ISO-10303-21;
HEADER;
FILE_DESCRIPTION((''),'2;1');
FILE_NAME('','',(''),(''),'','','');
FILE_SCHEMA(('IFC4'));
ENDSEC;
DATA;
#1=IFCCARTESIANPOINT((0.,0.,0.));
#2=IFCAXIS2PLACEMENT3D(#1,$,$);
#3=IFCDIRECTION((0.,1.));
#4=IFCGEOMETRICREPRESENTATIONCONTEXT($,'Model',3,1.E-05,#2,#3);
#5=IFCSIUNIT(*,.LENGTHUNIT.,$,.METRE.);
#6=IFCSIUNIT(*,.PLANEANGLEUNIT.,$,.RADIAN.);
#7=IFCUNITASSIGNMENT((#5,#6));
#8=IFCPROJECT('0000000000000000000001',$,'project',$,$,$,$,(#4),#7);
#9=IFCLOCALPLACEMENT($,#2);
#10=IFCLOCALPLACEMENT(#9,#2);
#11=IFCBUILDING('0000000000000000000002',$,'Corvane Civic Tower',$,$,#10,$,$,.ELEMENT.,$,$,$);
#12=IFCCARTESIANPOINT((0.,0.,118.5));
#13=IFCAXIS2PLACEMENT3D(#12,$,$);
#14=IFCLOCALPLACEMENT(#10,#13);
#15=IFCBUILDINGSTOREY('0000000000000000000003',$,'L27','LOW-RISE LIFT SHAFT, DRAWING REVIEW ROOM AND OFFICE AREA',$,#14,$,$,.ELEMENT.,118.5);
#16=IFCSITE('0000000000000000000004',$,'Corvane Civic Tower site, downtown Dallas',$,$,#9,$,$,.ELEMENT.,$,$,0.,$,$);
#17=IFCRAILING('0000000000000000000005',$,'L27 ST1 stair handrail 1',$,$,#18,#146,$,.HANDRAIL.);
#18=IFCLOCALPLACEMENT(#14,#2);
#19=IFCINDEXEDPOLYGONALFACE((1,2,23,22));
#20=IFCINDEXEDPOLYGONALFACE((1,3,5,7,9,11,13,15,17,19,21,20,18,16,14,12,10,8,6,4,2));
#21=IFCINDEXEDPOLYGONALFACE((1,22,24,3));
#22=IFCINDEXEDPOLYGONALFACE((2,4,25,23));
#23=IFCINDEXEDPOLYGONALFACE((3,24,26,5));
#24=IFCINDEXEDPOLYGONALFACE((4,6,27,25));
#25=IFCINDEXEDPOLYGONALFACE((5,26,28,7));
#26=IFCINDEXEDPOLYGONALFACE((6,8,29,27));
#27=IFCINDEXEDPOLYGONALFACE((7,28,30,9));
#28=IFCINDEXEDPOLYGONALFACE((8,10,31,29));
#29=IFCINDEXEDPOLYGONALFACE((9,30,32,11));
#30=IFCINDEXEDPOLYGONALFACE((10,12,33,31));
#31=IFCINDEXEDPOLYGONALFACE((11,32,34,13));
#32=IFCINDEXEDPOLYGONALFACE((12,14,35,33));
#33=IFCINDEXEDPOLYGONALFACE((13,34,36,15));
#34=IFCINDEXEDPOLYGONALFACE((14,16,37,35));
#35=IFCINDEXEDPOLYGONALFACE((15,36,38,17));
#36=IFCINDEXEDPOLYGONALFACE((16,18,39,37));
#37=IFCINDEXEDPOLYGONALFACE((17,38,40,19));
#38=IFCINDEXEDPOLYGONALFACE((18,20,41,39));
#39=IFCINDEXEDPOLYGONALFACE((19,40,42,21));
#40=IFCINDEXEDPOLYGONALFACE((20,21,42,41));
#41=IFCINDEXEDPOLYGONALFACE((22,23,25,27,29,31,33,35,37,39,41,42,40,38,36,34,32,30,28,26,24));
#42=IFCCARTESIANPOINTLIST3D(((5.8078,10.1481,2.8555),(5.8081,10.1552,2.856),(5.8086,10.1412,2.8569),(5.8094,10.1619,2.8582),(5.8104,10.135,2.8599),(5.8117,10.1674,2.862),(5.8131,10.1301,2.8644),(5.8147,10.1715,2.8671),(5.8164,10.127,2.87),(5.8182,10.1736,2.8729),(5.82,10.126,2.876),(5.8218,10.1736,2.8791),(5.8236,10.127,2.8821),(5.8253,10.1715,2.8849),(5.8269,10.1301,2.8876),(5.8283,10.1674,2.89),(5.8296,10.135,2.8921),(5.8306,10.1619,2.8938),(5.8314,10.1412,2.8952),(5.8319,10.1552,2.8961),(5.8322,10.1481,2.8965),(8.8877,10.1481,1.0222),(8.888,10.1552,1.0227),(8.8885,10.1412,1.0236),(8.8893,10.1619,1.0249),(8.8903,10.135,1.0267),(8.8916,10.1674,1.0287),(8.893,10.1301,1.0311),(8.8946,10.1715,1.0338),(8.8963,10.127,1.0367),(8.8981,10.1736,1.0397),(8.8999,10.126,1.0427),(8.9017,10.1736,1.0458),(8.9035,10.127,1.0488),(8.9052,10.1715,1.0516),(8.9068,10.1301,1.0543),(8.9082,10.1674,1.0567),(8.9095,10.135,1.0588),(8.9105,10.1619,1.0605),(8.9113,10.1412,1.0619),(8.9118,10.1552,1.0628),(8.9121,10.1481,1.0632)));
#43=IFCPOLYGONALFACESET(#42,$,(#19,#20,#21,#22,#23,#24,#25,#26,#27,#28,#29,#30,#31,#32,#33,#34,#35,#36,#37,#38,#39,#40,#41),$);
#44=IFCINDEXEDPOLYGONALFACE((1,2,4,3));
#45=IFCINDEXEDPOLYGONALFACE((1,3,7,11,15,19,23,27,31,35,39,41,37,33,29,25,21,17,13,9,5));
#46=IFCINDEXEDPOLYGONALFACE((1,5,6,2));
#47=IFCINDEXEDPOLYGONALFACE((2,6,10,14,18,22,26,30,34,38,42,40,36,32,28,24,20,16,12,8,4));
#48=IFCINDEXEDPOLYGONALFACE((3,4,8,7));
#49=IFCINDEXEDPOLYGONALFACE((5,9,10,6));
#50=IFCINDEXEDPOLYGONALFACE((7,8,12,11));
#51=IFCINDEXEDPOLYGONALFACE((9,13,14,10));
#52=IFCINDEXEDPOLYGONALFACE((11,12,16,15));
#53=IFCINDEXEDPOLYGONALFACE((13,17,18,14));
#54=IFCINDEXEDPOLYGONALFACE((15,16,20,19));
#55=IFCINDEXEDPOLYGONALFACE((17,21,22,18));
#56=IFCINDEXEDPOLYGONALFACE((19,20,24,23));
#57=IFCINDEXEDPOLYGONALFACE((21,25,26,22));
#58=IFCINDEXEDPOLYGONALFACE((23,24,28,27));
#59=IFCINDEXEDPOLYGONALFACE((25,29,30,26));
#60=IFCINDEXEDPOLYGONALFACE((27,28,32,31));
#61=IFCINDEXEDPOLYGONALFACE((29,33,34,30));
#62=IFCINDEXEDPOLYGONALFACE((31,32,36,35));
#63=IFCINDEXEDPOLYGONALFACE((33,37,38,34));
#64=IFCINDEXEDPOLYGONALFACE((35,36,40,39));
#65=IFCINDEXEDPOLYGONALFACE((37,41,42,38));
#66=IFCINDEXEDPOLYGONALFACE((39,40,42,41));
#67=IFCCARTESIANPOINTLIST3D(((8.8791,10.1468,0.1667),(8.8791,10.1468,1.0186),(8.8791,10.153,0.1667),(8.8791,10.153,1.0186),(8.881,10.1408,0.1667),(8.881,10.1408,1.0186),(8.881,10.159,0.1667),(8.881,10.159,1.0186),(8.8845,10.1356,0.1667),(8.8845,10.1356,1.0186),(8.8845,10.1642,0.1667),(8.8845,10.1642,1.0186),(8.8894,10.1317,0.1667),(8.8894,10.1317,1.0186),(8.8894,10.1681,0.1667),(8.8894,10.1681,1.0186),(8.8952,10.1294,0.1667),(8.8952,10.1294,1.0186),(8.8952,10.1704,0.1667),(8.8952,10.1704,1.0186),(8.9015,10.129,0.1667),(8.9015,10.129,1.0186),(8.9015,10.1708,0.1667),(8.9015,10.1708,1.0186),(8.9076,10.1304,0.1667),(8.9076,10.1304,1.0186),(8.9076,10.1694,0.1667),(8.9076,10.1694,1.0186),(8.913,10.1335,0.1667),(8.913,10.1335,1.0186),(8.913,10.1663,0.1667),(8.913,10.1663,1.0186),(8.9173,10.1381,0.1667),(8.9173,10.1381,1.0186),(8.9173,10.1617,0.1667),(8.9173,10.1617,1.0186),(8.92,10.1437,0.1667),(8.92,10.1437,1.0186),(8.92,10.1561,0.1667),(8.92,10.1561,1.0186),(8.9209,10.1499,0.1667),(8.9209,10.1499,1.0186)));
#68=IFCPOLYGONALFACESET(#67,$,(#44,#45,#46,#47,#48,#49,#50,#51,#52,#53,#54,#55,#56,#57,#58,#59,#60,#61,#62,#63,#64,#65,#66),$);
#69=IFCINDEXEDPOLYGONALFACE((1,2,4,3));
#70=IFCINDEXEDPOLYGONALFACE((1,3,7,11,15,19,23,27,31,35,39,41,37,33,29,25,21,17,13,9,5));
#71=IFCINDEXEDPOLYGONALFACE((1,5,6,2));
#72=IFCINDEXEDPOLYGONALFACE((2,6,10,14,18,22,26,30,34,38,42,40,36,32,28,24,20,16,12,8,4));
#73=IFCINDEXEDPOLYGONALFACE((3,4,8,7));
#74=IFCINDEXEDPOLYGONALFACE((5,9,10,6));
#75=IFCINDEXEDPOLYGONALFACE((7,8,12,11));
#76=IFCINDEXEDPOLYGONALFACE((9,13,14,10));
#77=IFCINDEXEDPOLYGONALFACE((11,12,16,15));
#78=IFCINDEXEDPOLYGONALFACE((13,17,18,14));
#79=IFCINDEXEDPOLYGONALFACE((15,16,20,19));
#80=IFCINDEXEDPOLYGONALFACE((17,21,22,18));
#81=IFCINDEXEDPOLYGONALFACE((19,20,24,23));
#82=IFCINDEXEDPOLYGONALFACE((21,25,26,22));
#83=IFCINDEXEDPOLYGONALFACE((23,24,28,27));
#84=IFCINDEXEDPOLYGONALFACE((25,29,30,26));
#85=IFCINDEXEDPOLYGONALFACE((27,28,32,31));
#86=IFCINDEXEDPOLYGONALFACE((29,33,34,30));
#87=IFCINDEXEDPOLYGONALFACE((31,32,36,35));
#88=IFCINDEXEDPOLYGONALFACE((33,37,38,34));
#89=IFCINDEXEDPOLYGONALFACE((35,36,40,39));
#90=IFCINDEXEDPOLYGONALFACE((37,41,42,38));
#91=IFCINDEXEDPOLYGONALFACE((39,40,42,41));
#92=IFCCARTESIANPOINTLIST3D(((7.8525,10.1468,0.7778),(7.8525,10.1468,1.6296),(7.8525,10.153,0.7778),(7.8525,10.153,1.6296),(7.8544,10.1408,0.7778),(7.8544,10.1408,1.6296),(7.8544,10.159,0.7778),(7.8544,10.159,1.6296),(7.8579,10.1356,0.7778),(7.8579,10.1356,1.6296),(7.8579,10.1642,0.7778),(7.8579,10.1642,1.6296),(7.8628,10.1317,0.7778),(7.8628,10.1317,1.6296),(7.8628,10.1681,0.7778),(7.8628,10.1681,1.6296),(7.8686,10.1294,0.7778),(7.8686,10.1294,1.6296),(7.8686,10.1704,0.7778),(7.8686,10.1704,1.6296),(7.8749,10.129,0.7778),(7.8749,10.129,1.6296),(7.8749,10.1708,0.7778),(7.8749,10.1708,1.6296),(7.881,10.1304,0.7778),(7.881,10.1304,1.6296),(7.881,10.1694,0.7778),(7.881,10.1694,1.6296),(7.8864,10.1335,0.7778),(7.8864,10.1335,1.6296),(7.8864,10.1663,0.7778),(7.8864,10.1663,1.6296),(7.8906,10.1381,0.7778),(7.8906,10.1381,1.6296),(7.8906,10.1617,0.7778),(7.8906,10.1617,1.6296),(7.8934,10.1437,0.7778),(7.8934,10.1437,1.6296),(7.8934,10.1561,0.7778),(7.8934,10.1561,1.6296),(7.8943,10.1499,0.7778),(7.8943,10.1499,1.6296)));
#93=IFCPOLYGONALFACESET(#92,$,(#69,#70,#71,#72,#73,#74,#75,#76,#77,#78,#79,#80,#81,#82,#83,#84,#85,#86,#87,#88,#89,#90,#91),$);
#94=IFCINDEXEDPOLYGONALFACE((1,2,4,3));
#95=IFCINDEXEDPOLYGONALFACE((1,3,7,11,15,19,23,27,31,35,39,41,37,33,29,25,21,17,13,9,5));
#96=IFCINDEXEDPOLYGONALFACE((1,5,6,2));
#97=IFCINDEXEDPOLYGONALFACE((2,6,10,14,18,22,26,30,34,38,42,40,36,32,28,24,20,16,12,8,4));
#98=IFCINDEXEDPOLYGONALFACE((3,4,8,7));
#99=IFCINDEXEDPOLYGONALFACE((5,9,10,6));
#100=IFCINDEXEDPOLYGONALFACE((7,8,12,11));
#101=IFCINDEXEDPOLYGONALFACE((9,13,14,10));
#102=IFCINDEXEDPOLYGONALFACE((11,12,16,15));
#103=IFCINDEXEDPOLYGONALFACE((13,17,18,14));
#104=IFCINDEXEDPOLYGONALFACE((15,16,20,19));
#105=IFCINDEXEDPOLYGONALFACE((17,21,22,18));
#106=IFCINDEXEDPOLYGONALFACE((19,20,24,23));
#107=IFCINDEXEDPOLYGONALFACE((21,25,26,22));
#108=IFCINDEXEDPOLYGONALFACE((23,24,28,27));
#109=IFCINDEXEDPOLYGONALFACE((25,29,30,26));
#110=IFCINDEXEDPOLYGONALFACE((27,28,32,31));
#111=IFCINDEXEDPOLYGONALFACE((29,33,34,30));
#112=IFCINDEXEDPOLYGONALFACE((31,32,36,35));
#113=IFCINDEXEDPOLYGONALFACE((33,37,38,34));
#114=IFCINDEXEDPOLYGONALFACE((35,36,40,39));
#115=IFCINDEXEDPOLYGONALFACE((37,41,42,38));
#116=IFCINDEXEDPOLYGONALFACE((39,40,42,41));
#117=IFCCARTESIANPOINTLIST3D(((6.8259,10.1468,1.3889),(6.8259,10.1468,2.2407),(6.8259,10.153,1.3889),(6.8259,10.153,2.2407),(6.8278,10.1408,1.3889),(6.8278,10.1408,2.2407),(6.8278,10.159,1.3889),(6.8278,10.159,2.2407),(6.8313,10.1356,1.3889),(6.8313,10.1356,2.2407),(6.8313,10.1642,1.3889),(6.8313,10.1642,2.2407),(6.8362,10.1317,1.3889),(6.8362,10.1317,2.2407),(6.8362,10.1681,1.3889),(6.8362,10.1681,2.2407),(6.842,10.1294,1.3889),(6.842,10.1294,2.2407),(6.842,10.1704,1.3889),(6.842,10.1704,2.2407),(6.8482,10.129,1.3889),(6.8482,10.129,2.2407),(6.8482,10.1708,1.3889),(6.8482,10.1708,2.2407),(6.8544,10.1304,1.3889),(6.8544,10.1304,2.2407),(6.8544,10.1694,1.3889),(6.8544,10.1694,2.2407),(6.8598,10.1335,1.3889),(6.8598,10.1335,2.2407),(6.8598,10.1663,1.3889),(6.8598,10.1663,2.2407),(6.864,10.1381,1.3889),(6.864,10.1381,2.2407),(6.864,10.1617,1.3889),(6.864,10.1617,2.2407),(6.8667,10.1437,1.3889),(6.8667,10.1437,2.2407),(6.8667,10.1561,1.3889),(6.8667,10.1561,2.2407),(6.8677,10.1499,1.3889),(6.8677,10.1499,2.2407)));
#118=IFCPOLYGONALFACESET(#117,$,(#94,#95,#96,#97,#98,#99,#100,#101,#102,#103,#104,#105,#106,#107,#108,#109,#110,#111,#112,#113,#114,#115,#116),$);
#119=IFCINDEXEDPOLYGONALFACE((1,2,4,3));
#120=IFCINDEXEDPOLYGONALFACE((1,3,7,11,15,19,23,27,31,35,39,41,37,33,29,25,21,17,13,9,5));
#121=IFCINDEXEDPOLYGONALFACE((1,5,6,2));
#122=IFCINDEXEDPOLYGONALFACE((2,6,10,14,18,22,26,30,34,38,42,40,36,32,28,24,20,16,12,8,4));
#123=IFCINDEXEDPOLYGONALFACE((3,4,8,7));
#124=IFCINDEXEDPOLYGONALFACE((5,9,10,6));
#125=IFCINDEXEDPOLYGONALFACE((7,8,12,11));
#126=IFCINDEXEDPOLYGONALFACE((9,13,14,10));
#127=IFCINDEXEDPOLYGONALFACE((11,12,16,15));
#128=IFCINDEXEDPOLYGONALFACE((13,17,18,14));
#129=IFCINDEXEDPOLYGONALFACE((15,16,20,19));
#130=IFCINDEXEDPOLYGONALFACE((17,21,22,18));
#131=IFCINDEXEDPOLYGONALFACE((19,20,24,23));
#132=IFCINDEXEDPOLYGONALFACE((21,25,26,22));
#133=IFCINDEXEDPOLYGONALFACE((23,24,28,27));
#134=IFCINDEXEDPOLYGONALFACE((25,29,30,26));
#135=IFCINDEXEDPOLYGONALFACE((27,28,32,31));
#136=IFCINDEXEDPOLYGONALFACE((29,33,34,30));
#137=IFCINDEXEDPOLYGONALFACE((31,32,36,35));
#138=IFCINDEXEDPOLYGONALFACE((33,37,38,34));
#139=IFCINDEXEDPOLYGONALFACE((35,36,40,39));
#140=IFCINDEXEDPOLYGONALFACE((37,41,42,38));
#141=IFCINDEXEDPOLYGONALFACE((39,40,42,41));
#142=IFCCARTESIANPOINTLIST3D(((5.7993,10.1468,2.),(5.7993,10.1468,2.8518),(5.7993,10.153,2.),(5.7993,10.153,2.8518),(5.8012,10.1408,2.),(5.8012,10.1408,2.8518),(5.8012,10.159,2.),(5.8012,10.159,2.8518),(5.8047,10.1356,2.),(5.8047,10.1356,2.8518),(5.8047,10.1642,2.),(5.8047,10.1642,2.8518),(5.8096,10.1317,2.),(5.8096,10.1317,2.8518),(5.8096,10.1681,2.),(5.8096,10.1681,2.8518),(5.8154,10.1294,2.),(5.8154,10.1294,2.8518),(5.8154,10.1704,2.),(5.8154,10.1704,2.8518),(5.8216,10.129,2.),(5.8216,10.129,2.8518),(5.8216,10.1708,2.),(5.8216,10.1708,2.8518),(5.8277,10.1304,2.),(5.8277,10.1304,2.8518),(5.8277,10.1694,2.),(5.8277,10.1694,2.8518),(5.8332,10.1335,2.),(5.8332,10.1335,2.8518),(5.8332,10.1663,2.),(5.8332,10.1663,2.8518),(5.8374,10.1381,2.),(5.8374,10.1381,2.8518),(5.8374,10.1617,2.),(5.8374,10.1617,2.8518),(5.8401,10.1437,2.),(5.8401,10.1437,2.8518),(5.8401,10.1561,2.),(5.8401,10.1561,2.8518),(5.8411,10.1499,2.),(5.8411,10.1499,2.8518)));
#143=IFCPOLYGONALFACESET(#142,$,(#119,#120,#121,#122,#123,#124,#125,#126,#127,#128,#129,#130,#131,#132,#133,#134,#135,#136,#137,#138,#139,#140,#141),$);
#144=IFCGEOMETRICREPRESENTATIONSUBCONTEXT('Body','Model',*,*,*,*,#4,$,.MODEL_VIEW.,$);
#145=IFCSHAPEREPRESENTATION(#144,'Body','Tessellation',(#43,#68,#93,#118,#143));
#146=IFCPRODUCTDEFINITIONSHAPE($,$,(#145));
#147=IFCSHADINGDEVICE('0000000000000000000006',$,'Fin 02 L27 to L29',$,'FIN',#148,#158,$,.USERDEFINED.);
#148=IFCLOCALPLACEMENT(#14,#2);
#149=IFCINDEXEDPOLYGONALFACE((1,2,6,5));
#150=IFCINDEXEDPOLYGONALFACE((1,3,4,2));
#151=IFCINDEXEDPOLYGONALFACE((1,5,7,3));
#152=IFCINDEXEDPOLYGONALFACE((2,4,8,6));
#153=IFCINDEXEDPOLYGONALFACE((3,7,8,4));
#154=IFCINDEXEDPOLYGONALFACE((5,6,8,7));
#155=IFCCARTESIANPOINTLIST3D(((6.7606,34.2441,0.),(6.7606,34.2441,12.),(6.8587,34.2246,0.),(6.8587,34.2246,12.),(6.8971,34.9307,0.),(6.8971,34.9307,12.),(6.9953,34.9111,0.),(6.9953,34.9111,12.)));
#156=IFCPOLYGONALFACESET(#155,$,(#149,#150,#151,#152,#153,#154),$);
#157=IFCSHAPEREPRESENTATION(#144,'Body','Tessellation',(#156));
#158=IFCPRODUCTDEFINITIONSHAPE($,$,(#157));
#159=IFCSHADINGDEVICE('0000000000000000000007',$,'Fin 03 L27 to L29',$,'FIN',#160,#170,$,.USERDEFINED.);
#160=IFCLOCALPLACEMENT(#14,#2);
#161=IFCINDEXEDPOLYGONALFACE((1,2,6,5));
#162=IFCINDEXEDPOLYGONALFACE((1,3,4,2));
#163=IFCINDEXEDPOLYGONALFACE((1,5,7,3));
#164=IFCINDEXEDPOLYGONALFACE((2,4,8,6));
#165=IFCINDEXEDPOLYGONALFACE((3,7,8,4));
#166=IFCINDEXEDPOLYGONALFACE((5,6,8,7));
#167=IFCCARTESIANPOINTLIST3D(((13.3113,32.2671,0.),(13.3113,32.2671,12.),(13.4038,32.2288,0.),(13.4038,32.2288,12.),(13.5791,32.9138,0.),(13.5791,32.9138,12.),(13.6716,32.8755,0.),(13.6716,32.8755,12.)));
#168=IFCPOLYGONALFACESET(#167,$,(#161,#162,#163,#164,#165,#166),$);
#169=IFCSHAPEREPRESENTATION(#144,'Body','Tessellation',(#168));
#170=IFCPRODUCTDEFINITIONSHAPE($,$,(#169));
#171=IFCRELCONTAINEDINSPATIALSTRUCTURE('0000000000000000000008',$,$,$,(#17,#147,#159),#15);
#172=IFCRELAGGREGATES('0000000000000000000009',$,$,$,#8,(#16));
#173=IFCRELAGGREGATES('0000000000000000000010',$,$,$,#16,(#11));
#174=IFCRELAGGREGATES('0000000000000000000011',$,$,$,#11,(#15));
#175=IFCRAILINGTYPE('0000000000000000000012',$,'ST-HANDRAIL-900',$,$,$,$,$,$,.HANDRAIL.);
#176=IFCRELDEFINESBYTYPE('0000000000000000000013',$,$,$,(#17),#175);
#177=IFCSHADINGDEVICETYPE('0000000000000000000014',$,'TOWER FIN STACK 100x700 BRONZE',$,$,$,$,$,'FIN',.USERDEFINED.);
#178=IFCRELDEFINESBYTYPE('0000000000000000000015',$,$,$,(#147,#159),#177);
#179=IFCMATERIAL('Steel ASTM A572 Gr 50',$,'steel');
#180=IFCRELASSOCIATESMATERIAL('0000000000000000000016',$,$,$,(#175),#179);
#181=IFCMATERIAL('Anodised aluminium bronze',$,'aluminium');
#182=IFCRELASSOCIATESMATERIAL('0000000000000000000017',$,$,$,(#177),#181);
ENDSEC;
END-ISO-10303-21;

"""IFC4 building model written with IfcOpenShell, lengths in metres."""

from ifc_helpers import new_model, si_unit, direction, frame, origin, origin_2d, place, context, subcontext, project, spatial, rectangle, circle, extrude, material, material_profile, profile_set, type_object, element, save


model = new_model("IFC4")

# Units and contexts
model_context = context("Model", 3, precision=1e-05, world=origin(), true_north=direction((0.0, 1.0)))
body_context = subcontext(model_context, "Body", "Model", "MODEL_VIEW")
ifc_project = project(units=[si_unit("LENGTHUNIT", "METRE"), si_unit("PLANEANGLEUNIT", "RADIAN")], contexts=[model_context])

# Site, building, storey
site_placement = place(None, origin())
site = spatial("IfcSite", under=ifc_project, at=site_placement, Name="Corvane Civic Tower site, downtown Dallas", CompositionType="ELEMENT", RefElevation=0.0)
building_placement = place(site_placement, origin())
building = spatial("IfcBuilding", under=site, at=building_placement, Name="Corvane Civic Tower", CompositionType="ELEMENT")
storey_placement = place(building_placement, frame((0.0, 0.0, 118.5)))
storey = spatial("IfcBuildingStorey", under=building, at=storey_placement, Name="L27", Description="LOW-RISE LIFT SHAFT, DRAWING REVIEW ROOM AND OFFICE AREA", CompositionType="ELEMENT", Elevation=118.5)

# Railing
ifc_material_1 = material(Name="Steel ASTM A572 Gr 50", Category="steel")
railing_type = type_object("IfcRailingType", Name="ST-HANDRAIL-900", PredefinedType="HANDRAIL", material=ifc_material_1)
railing_placement = place(storey_placement, frame((8.8999, 10.1499, 0.1667)))
element("IfcRailing", 1, at=railing_placement, inside=storey, type_object=railing_type, Name="L27 ST1 stair handrail 1", PredefinedType="HANDRAIL", context=body_context, shape_type="SweptSolid", body=[
    extrude(circle(Radius=0.0239, at=origin_2d()), frame((0.0, 0.0, 0.876), z_axis=(-0.859291, 0.0, 0.511487), x_axis=(0.0, -1.0, 0.0)), (0.0, 0.0, 1.0), 3.5842),
    extrude(circle(Radius=0.021, at=origin_2d()), origin(), (0.0, 0.0, 1.0), 0.8518),
    extrude(circle(Radius=0.021, at=origin_2d()), frame((-1.0266, 0.0, 0.6111)), (0.0, 0.0, 1.0), 0.8518),
    extrude(circle(Radius=0.021, at=origin_2d()), frame((-2.0532, 0.0, 1.2222)), (0.0, 0.0, 1.0), 0.8518),
    extrude(circle(Radius=0.021, at=origin_2d()), frame((-3.0798, 0.0, 1.8333)), (0.0, 0.0, 1.0), 0.8518),
])

# Shading devices
ifc_material_2 = material(Name="Anodised aluminium bronze", Category="aluminium")
ifc_material_profile_1 = material_profile(ifc_material_2, rectangle(XDim=0.1001, YDim=0.7, at=origin_2d()), Name="TOWER FIN STACK 100x700 BRONZE")
ifc_profile_set_1 = profile_set([ifc_material_profile_1], Name="Anodised aluminium bronze")
shading_device_type = type_object("IfcShadingDeviceType", Name="TOWER FIN STACK 100x700 BRONZE", ElementType="FIN", PredefinedType="USERDEFINED", material=ifc_profile_set_1)
for number, where, z_axis, x_axis, name in (
    (2, (6.8779, 34.5776, 0.0), (0.0, 0.0, 1.0), (0.980785, -0.19509, 0.0), "Fin 02 L27 to L29"),
    (3, (13.4915, 32.5713, 0.0), (0.0, 0.0, 1.0), (0.92388, -0.382683, 0.0), "Fin 03 L27 to L29"),
):
    element("IfcShadingDevice", number, at=place(storey_placement, frame(where, z_axis=z_axis, x_axis=x_axis)), inside=storey, type_object=shading_device_type, Name=name, ObjectType="FIN", PredefinedType="USERDEFINED", context=body_context, shape_type="SweptSolid", body=[
        extrude(rectangle(XDim=0.1001, YDim=0.7, at=origin_2d()), origin(), (0.0, 0.0, 1.0), 12.0),
    ])

save(model, "model.ifc")
